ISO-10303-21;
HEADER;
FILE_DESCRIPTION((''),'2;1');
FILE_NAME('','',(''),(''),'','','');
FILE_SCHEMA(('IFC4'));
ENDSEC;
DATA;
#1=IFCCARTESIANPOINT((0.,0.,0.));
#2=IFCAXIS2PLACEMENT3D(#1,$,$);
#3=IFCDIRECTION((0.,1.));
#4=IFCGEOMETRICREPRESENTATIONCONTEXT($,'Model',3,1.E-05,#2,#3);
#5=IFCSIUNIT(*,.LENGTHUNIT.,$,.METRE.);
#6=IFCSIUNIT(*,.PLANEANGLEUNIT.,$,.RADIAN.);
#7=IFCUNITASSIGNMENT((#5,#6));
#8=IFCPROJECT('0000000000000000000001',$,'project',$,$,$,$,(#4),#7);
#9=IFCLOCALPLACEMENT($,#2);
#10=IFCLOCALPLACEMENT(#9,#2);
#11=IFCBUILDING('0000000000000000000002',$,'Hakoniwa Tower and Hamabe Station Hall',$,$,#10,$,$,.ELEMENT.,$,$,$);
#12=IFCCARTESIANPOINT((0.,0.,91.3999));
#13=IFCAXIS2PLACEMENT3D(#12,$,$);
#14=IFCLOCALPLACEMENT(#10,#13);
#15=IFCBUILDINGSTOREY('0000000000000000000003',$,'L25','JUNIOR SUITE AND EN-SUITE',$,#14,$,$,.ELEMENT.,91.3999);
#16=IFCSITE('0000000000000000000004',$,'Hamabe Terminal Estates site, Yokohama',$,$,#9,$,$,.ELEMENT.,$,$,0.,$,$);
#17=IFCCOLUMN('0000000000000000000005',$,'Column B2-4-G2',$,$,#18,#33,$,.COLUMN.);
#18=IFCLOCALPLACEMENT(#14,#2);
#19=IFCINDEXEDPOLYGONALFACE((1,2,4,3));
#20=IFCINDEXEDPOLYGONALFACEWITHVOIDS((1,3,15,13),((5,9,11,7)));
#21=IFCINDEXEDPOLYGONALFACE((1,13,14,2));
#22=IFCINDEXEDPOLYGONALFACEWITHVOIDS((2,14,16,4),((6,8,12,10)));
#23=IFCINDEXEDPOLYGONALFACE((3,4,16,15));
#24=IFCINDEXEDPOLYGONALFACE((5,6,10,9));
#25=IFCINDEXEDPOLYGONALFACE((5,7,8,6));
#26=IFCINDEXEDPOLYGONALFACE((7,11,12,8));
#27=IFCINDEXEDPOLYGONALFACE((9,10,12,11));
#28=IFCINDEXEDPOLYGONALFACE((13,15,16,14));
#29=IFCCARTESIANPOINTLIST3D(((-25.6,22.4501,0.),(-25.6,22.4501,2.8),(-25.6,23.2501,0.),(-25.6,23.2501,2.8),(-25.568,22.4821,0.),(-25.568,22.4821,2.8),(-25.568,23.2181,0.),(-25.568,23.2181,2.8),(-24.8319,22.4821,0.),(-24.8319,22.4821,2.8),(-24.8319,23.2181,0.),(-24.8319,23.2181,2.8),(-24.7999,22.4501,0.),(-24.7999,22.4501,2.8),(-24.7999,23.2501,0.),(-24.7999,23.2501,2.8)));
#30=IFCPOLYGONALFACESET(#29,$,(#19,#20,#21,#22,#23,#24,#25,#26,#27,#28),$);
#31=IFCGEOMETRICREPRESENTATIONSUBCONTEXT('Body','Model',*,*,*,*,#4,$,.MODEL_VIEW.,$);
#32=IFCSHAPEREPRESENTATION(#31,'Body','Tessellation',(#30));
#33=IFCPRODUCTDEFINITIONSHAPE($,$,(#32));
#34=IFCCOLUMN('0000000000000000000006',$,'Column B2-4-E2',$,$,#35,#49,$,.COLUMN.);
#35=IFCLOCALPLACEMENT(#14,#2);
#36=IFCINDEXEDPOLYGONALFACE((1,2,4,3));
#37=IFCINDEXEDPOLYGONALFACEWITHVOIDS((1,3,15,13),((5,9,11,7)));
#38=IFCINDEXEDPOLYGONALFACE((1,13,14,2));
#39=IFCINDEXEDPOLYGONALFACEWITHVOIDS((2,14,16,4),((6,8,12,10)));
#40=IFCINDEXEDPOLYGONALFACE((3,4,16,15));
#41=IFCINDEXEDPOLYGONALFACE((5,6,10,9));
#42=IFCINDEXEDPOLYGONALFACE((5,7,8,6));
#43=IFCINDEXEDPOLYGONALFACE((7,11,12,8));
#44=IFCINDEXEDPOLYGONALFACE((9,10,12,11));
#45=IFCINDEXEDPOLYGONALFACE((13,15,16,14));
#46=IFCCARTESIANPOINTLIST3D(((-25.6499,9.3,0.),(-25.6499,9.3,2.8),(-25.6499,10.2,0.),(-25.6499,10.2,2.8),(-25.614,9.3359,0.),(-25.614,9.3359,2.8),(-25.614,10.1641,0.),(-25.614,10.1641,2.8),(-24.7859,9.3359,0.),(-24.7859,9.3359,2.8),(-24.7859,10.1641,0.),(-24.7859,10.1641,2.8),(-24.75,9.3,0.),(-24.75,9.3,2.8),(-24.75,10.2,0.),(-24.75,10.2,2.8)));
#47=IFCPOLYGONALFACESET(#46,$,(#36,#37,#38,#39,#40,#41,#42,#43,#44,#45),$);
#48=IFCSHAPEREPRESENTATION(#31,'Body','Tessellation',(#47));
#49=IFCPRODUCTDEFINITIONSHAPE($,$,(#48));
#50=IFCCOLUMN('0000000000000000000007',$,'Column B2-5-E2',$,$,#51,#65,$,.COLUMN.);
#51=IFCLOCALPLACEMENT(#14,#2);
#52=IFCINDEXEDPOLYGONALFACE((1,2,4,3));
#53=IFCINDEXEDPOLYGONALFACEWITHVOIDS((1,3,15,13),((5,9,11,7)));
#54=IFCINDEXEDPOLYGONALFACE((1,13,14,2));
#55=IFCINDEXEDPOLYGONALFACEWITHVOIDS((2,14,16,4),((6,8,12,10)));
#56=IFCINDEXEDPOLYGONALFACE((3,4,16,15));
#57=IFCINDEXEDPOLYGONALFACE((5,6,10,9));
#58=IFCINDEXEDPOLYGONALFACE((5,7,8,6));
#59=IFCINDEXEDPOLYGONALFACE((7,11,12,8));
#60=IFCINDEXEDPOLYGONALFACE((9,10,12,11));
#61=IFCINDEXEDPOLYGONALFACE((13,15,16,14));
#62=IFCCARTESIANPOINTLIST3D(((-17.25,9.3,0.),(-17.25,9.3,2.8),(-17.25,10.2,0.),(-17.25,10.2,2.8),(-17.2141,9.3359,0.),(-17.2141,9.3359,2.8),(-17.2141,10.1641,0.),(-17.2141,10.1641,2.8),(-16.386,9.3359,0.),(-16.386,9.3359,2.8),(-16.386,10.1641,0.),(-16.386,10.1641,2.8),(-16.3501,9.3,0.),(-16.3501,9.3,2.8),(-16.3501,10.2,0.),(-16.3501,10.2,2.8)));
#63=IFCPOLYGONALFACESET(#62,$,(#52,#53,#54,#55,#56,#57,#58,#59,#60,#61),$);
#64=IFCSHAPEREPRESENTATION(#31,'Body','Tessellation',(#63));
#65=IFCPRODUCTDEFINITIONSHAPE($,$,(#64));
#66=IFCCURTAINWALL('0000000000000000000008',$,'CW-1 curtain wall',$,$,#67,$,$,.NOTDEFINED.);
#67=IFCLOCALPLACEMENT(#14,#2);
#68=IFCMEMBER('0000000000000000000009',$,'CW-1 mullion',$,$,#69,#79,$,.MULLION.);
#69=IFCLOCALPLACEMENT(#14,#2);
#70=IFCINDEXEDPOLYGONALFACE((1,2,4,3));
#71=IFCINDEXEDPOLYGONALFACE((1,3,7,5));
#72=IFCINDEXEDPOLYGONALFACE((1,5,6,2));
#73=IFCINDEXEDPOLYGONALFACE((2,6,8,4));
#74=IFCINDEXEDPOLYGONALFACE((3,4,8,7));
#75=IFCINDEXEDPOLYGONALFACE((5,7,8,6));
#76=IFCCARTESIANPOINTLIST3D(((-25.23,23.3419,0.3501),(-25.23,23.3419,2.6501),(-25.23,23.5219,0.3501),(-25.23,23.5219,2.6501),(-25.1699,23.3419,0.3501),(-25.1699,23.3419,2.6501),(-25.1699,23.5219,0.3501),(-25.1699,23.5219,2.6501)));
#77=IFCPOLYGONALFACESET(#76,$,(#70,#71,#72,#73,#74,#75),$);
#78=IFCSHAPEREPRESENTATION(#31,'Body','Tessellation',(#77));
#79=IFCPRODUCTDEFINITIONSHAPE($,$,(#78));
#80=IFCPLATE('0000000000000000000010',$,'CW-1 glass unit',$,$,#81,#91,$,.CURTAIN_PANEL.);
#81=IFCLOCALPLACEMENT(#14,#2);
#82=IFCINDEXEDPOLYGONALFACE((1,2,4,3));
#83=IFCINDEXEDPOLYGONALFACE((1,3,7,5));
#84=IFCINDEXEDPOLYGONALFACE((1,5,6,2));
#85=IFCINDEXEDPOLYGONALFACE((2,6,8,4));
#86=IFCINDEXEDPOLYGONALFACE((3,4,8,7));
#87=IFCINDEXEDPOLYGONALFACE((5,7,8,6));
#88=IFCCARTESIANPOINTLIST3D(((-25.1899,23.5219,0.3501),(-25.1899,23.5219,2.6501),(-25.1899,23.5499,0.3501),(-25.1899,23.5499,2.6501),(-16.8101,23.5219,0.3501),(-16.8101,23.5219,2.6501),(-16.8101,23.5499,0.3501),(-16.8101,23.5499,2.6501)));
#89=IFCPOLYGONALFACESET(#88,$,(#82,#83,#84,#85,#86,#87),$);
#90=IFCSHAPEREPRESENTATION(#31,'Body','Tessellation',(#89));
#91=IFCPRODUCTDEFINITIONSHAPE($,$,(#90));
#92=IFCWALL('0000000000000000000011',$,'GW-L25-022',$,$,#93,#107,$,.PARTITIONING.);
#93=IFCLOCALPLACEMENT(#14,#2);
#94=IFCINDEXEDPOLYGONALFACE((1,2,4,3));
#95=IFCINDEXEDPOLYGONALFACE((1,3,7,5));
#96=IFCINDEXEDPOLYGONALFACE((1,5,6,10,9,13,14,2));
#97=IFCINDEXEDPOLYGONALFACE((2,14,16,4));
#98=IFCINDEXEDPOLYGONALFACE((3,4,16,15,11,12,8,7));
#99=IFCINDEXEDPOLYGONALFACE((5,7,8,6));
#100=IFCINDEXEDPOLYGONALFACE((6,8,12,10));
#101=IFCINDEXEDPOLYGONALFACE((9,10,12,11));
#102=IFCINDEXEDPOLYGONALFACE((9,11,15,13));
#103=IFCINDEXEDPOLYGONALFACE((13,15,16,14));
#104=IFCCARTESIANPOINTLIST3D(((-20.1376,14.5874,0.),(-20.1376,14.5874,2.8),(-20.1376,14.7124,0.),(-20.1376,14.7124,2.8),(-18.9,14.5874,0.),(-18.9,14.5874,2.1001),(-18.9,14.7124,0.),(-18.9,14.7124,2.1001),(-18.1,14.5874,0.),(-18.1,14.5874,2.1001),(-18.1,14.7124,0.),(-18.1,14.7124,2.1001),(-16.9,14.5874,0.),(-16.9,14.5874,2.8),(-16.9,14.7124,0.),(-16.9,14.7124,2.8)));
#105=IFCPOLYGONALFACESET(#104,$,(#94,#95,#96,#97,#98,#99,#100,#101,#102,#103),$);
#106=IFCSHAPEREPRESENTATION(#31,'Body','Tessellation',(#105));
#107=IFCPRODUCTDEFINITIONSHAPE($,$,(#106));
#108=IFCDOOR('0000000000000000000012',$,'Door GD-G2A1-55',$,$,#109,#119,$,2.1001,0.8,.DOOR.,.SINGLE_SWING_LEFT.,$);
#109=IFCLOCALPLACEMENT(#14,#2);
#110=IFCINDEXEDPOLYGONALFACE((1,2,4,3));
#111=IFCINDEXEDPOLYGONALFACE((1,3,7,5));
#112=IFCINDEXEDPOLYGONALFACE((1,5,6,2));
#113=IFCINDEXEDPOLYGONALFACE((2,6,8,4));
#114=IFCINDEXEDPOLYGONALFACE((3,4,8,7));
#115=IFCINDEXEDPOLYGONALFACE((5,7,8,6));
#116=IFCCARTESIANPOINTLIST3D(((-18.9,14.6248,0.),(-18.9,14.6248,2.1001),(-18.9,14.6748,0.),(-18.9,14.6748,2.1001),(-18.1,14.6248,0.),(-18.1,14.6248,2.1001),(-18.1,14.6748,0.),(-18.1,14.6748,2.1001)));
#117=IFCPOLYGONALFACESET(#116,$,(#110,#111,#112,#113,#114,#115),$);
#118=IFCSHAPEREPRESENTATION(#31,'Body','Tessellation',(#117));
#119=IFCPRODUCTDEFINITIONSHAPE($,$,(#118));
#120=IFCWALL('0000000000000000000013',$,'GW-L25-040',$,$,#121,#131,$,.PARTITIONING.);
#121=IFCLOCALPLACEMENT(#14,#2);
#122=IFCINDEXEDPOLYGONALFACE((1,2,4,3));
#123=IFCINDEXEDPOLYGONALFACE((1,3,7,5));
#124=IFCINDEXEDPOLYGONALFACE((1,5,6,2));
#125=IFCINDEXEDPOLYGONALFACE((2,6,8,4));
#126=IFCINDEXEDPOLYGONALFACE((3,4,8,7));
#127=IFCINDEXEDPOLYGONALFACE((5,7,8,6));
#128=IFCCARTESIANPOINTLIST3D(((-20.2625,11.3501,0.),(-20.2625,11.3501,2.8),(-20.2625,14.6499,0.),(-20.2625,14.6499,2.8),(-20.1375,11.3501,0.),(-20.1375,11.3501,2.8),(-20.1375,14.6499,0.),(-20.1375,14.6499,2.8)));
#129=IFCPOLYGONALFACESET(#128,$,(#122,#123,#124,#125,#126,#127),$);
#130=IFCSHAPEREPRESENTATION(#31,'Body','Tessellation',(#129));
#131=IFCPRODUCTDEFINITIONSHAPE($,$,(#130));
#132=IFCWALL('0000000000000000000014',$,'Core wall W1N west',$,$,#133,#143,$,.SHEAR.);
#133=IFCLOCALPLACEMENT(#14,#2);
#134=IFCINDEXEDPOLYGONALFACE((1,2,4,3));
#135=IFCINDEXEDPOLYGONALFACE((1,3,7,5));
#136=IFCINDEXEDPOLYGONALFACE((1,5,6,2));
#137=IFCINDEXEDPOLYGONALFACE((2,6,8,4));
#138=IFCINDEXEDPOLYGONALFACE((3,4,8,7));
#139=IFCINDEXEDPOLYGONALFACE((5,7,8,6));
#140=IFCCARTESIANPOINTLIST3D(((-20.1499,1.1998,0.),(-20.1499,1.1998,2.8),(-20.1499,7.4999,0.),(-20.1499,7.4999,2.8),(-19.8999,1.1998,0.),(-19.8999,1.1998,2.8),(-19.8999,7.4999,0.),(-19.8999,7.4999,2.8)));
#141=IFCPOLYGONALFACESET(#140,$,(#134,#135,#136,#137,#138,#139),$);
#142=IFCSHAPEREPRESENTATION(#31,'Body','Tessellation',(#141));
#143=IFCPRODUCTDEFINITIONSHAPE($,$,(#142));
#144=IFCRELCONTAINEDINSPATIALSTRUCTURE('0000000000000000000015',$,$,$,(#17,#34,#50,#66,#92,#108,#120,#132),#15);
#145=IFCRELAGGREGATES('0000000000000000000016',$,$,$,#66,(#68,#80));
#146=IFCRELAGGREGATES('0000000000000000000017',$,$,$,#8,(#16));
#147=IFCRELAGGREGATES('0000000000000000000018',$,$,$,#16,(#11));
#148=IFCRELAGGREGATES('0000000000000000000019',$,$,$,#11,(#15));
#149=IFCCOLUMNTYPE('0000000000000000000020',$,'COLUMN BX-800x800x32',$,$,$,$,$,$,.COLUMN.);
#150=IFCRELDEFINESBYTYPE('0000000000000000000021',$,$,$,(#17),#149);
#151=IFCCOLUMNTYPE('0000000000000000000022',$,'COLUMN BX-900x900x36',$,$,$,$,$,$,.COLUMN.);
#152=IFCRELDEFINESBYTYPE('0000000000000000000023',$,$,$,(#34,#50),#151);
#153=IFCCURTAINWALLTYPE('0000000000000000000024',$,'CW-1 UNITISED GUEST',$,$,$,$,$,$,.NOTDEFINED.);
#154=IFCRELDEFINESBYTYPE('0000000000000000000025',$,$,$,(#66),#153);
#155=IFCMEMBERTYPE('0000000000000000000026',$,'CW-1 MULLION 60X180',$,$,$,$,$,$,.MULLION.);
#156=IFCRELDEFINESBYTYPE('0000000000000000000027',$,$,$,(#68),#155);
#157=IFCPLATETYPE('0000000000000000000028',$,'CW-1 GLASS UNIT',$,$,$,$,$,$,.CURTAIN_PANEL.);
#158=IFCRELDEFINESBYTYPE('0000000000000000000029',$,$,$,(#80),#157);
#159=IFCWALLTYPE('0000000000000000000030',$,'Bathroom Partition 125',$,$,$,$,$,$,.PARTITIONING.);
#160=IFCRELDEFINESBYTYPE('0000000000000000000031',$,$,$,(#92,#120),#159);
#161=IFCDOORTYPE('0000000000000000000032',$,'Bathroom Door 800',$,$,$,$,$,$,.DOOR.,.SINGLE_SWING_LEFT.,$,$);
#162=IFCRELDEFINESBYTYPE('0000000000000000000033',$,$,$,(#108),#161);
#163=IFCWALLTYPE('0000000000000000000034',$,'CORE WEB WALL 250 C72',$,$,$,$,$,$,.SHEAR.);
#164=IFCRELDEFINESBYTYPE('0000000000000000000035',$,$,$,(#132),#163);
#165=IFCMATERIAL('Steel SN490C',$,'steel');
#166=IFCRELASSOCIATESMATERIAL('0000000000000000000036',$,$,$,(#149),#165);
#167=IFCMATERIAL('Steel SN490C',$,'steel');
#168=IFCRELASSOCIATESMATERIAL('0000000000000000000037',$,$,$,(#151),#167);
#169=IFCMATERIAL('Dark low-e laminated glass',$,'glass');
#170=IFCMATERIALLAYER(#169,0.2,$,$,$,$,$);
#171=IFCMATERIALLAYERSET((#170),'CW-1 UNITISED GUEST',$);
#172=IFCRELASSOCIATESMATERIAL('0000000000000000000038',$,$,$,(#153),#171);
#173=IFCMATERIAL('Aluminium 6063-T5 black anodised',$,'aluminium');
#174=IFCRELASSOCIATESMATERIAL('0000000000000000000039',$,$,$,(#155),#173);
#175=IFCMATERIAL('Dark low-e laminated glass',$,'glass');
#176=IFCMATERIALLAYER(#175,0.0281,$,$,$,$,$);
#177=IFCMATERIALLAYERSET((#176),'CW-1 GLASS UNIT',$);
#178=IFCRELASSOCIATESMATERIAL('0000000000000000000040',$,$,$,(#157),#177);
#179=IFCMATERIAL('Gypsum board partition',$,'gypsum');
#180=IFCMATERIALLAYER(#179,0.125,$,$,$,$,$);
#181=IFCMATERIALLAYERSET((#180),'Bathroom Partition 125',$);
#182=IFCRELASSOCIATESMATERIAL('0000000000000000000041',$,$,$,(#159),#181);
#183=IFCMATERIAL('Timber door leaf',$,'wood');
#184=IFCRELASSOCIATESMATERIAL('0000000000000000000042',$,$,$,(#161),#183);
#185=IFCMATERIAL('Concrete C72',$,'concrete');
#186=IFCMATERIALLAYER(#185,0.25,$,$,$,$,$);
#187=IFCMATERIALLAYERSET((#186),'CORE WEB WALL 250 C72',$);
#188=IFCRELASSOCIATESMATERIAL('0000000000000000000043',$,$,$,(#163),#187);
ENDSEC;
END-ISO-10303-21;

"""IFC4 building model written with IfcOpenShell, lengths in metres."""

from ifc_helpers import new_model, si_unit, direction, frame, frame_2d, origin, origin_2d, place, context, subcontext, project, spatial, rectangle, hollow_rectangle, extrude, material, layer, layer_set, material_profile, profile_set, type_object, element, fill, aggregate, save


model = new_model("IFC4")

# Units and contexts
model_context = context("Model", 3, precision=1e-05, world=origin(), true_north=direction((0.0, 1.0)))
body_context = subcontext(model_context, "Body", "Model", "MODEL_VIEW")
ifc_project = project(units=[si_unit("LENGTHUNIT", "METRE"), si_unit("PLANEANGLEUNIT", "RADIAN")], contexts=[model_context])

# Site, building, storey
site_placement = place(None, origin())
site = spatial("IfcSite", under=ifc_project, at=site_placement, Name="Hamabe Terminal Estates site, Yokohama", CompositionType="ELEMENT", RefElevation=0.0)
building_placement = place(site_placement, origin())
building = spatial("IfcBuilding", under=site, at=building_placement, Name="Hakoniwa Tower and Hamabe Station Hall", CompositionType="ELEMENT")
storey_placement = place(building_placement, frame((0.0, 0.0, 91.3999)))
storey = spatial("IfcBuildingStorey", under=building, at=storey_placement, Name="L25", Description="JUNIOR SUITE AND EN-SUITE", CompositionType="ELEMENT", Elevation=91.3999)

# Columns
ifc_material_1 = material(Name="Steel SN490C", Category="steel")
ifc_material_profile_1 = material_profile(ifc_material_1, hollow_rectangle(XDim=0.8, YDim=0.8, WallThickness=0.032, at=origin_2d()), Name="BX-800x800x32")
ifc_profile_set_1 = profile_set([ifc_material_profile_1], Name="Steel SN490C")
column_type_1 = type_object("IfcColumnType", Name="COLUMN BX-800x800x32", PredefinedType="COLUMN", material=ifc_profile_set_1)
column_placement = place(storey_placement, frame((-25.2, 22.8501, 0.0), z_axis=(0.0, 0.0, 1.0), x_axis=(1.0, 0.0, 0.0)))
element("IfcColumn", 1, at=column_placement, inside=storey, type_object=column_type_1, Name="Column B2-4-G2", PredefinedType="COLUMN", context=body_context, shape_type="SweptSolid", body=[
    extrude(hollow_rectangle(XDim=0.8, YDim=0.8, WallThickness=0.032, at=origin_2d()), origin(), (0.0, 0.0, 1.0), 2.8),
])
ifc_material_2 = material(Name="Steel SN490C", Category="steel")
ifc_material_profile_2 = material_profile(ifc_material_2, hollow_rectangle(XDim=0.8999, YDim=0.8999, WallThickness=0.0359, at=origin_2d()), Name="BX-900x900x36")
ifc_profile_set_2 = profile_set([ifc_material_profile_2], Name="Steel SN490C")
column_type_2 = type_object("IfcColumnType", Name="COLUMN BX-900x900x36", PredefinedType="COLUMN", material=ifc_profile_set_2)
for number, where, z_axis, x_axis, name in (
    (2, (-25.2, 9.75, 0.0), (0.0, 0.0, 1.0), (1.0, 0.0, 0.0), "Column B2-4-E2"),
    (3, (-16.8, 9.75, 0.0), (0.0, 0.0, 1.0), (1.0, 0.0, 0.0), "Column B2-5-E2"),
):
    element("IfcColumn", number, at=place(storey_placement, frame(where, z_axis=z_axis, x_axis=x_axis)), inside=storey, type_object=column_type_2, Name=name, PredefinedType="COLUMN", context=body_context, shape_type="SweptSolid", body=[
        extrude(hollow_rectangle(XDim=0.8999, YDim=0.8999, WallThickness=0.0359, at=origin_2d()), origin(), (0.0, 0.0, 1.0), 2.8),
    ])

# Curtain wall, member, plate
ifc_material_3 = material(Name="Dark low-e laminated glass", Category="glass")
ifc_layer_1 = layer(ifc_material_3, 0.2)
ifc_layer_set_1 = layer_set([ifc_layer_1], Name="CW-1 UNITISED GUEST")
curtain_wall_type = type_object("IfcCurtainWallType", Name="CW-1 UNITISED GUEST", PredefinedType="NOTDEFINED", material=ifc_layer_set_1)
curtain_wall_placement = place(storey_placement, origin())
curtain_wall = element("IfcCurtainWall", 4, at=curtain_wall_placement, inside=storey, type_object=curtain_wall_type, Name="CW-1 curtain wall", PredefinedType="NOTDEFINED")
ifc_material_4 = material(Name="Aluminium 6063-T5 black anodised", Category="aluminium")
ifc_material_profile_3 = material_profile(ifc_material_4, rectangle(XDim=0.0601, YDim=0.1799, at=origin_2d()), Name="CW-1 MULLION 60X180")
ifc_profile_set_3 = profile_set([ifc_material_profile_3], Name="Aluminium 6063-T5 black anodised")
member_type = type_object("IfcMemberType", Name="CW-1 MULLION 60X180", PredefinedType="MULLION", material=ifc_profile_set_3)
member_placement = place(storey_placement, frame((-25.2, 23.4319, 0.3501), z_axis=(0.0, 0.0, 1.0), x_axis=(-1.0, 0.0, 0.0)))
member = element("IfcMember", 5, at=member_placement, type_object=member_type, Name="CW-1 mullion", PredefinedType="MULLION", context=body_context, shape_type="SweptSolid", body=[
    extrude(rectangle(XDim=0.0601, YDim=0.1799, at=origin_2d()), origin(), (0.0, 0.0, 1.0), 2.3),
])
ifc_material_5 = material(Name="Dark low-e laminated glass", Category="glass")
ifc_layer_2 = layer(ifc_material_5, 0.0281)
ifc_layer_set_2 = layer_set([ifc_layer_2], Name="CW-1 GLASS UNIT")
plate_type = type_object("IfcPlateType", Name="CW-1 GLASS UNIT", PredefinedType="CURTAIN_PANEL", material=ifc_layer_set_2)
plate_placement = place(storey_placement, frame((-21.0, 23.5359, 0.3501), z_axis=(0.0, 0.0, 1.0), x_axis=(-1.0, 0.0, 0.0)))
plate = element("IfcPlate", 6, at=plate_placement, type_object=plate_type, Name="CW-1 glass unit", PredefinedType="CURTAIN_PANEL", context=body_context, shape_type="SweptSolid", body=[
    extrude(rectangle(XDim=8.3799, YDim=0.0281, at=origin_2d()), origin(), (0.0, 0.0, 1.0), 2.3),
])
aggregate(curtain_wall, [member, plate])

# Wall, opening, door
ifc_material_6 = material(Name="Gypsum board partition", Category="gypsum")
ifc_layer_3 = layer(ifc_material_6, 0.125)
ifc_layer_set_3 = layer_set([ifc_layer_3], Name="Bathroom Partition 125")
wall_type_1 = type_object("IfcWallType", Name="Bathroom Partition 125", PredefinedType="PARTITIONING", material=ifc_layer_set_3)
wall_1_placement = place(storey_placement, frame((-20.1375, 14.6499, 0.0), z_axis=(0.0, 0.0, 1.0), x_axis=(1.0, 0.0, 0.0)))
wall_1 = element("IfcWall", 7, at=wall_1_placement, inside=storey, type_object=wall_type_1, Name="GW-L25-022", PredefinedType="PARTITIONING", context=body_context, shape_type="SweptSolid", body=[
    extrude(rectangle(XDim=3.2375, YDim=0.125, at=frame_2d((1.6187, 0.0))), origin(), (0.0, 0.0, 1.0), 2.8),
])
opening_1_placement = place(wall_1_placement, frame((1.2375, 0.0, 0.0)))
opening_1 = element("IfcOpeningElement", 8, at=opening_1_placement, cuts=wall_1, PredefinedType="OPENING", context=body_context, shape_type="SweptSolid", body=[
    extrude(rectangle(XDim=0.8, YDim=2.1001, at=frame_2d((0.3999, 1.05))), frame((0.0, 0.0725, 0.0), z_axis=(0.0, -1.0, 0.0), x_axis=(1.0, 0.0, 0.0)), (0.0, 0.0, 1.0), 0.145),
])
ifc_material_7 = material(Name="Timber door leaf", Category="wood")
door_type_1 = type_object("IfcDoorType", Name="Bathroom Door 800", OperationType="SINGLE_SWING_LEFT", PredefinedType="DOOR", material=ifc_material_7)
door_1_placement = place(opening_1_placement, origin())
door_1 = element("IfcDoor", 9, at=door_1_placement, inside=storey, type_object=door_type_1, Name="Door GD-G2A1-55", OperationType="SINGLE_SWING_LEFT", OverallHeight=2.1001, OverallWidth=0.8, PredefinedType="DOOR", context=body_context, shape_type="SweptSolid", body=[
    extrude(rectangle(XDim=0.8, YDim=2.1001, at=frame_2d((0.3999, 1.05))), frame((0.0, 0.0249, 0.0), z_axis=(0.0, -1.0, 0.0), x_axis=(1.0, 0.0, 0.0)), (0.0, 0.0, 1.0), 0.05),
])
fill(opening_1, door_1)

# Walls
wall_2_placement = place(storey_placement, frame((-20.2, 11.3501, 0.0), z_axis=(0.0, 0.0, 1.0), x_axis=(0.0, 1.0, 0.0)))
element("IfcWall", 10, at=wall_2_placement, inside=storey, type_object=wall_type_1, Name="GW-L25-040", PredefinedType="PARTITIONING", context=body_context, shape_type="SweptSolid", body=[
    extrude(rectangle(XDim=3.2998, YDim=0.125, at=frame_2d((1.6499, 0.0))), origin(), (0.0, 0.0, 1.0), 2.8),
])
ifc_material_8 = material(Name="Concrete C72", Category="concrete")
ifc_layer_4 = layer(ifc_material_8, 0.25)
ifc_layer_set_4 = layer_set([ifc_layer_4], Name="CORE WEB WALL 250 C72")
wall_type_2 = type_object("IfcWallType", Name="CORE WEB WALL 250 C72", PredefinedType="SHEAR", material=ifc_layer_set_4)
wall_3_placement = place(storey_placement, frame((-20.0249, 1.2, 0.0), z_axis=(0.0, 0.0, 1.0), x_axis=(0.0, 1.0, 0.0)))
element("IfcWall", 11, at=wall_3_placement, inside=storey, type_object=wall_type_2, Name="Core wall W1N west", PredefinedType="SHEAR", context=body_context, shape_type="SweptSolid", body=[
    extrude(rectangle(XDim=6.3, YDim=0.25, at=frame_2d((3.1499, 0.0))), origin(), (0.0, 0.0, 1.0), 2.8),
])

save(model, "model.ifc")
